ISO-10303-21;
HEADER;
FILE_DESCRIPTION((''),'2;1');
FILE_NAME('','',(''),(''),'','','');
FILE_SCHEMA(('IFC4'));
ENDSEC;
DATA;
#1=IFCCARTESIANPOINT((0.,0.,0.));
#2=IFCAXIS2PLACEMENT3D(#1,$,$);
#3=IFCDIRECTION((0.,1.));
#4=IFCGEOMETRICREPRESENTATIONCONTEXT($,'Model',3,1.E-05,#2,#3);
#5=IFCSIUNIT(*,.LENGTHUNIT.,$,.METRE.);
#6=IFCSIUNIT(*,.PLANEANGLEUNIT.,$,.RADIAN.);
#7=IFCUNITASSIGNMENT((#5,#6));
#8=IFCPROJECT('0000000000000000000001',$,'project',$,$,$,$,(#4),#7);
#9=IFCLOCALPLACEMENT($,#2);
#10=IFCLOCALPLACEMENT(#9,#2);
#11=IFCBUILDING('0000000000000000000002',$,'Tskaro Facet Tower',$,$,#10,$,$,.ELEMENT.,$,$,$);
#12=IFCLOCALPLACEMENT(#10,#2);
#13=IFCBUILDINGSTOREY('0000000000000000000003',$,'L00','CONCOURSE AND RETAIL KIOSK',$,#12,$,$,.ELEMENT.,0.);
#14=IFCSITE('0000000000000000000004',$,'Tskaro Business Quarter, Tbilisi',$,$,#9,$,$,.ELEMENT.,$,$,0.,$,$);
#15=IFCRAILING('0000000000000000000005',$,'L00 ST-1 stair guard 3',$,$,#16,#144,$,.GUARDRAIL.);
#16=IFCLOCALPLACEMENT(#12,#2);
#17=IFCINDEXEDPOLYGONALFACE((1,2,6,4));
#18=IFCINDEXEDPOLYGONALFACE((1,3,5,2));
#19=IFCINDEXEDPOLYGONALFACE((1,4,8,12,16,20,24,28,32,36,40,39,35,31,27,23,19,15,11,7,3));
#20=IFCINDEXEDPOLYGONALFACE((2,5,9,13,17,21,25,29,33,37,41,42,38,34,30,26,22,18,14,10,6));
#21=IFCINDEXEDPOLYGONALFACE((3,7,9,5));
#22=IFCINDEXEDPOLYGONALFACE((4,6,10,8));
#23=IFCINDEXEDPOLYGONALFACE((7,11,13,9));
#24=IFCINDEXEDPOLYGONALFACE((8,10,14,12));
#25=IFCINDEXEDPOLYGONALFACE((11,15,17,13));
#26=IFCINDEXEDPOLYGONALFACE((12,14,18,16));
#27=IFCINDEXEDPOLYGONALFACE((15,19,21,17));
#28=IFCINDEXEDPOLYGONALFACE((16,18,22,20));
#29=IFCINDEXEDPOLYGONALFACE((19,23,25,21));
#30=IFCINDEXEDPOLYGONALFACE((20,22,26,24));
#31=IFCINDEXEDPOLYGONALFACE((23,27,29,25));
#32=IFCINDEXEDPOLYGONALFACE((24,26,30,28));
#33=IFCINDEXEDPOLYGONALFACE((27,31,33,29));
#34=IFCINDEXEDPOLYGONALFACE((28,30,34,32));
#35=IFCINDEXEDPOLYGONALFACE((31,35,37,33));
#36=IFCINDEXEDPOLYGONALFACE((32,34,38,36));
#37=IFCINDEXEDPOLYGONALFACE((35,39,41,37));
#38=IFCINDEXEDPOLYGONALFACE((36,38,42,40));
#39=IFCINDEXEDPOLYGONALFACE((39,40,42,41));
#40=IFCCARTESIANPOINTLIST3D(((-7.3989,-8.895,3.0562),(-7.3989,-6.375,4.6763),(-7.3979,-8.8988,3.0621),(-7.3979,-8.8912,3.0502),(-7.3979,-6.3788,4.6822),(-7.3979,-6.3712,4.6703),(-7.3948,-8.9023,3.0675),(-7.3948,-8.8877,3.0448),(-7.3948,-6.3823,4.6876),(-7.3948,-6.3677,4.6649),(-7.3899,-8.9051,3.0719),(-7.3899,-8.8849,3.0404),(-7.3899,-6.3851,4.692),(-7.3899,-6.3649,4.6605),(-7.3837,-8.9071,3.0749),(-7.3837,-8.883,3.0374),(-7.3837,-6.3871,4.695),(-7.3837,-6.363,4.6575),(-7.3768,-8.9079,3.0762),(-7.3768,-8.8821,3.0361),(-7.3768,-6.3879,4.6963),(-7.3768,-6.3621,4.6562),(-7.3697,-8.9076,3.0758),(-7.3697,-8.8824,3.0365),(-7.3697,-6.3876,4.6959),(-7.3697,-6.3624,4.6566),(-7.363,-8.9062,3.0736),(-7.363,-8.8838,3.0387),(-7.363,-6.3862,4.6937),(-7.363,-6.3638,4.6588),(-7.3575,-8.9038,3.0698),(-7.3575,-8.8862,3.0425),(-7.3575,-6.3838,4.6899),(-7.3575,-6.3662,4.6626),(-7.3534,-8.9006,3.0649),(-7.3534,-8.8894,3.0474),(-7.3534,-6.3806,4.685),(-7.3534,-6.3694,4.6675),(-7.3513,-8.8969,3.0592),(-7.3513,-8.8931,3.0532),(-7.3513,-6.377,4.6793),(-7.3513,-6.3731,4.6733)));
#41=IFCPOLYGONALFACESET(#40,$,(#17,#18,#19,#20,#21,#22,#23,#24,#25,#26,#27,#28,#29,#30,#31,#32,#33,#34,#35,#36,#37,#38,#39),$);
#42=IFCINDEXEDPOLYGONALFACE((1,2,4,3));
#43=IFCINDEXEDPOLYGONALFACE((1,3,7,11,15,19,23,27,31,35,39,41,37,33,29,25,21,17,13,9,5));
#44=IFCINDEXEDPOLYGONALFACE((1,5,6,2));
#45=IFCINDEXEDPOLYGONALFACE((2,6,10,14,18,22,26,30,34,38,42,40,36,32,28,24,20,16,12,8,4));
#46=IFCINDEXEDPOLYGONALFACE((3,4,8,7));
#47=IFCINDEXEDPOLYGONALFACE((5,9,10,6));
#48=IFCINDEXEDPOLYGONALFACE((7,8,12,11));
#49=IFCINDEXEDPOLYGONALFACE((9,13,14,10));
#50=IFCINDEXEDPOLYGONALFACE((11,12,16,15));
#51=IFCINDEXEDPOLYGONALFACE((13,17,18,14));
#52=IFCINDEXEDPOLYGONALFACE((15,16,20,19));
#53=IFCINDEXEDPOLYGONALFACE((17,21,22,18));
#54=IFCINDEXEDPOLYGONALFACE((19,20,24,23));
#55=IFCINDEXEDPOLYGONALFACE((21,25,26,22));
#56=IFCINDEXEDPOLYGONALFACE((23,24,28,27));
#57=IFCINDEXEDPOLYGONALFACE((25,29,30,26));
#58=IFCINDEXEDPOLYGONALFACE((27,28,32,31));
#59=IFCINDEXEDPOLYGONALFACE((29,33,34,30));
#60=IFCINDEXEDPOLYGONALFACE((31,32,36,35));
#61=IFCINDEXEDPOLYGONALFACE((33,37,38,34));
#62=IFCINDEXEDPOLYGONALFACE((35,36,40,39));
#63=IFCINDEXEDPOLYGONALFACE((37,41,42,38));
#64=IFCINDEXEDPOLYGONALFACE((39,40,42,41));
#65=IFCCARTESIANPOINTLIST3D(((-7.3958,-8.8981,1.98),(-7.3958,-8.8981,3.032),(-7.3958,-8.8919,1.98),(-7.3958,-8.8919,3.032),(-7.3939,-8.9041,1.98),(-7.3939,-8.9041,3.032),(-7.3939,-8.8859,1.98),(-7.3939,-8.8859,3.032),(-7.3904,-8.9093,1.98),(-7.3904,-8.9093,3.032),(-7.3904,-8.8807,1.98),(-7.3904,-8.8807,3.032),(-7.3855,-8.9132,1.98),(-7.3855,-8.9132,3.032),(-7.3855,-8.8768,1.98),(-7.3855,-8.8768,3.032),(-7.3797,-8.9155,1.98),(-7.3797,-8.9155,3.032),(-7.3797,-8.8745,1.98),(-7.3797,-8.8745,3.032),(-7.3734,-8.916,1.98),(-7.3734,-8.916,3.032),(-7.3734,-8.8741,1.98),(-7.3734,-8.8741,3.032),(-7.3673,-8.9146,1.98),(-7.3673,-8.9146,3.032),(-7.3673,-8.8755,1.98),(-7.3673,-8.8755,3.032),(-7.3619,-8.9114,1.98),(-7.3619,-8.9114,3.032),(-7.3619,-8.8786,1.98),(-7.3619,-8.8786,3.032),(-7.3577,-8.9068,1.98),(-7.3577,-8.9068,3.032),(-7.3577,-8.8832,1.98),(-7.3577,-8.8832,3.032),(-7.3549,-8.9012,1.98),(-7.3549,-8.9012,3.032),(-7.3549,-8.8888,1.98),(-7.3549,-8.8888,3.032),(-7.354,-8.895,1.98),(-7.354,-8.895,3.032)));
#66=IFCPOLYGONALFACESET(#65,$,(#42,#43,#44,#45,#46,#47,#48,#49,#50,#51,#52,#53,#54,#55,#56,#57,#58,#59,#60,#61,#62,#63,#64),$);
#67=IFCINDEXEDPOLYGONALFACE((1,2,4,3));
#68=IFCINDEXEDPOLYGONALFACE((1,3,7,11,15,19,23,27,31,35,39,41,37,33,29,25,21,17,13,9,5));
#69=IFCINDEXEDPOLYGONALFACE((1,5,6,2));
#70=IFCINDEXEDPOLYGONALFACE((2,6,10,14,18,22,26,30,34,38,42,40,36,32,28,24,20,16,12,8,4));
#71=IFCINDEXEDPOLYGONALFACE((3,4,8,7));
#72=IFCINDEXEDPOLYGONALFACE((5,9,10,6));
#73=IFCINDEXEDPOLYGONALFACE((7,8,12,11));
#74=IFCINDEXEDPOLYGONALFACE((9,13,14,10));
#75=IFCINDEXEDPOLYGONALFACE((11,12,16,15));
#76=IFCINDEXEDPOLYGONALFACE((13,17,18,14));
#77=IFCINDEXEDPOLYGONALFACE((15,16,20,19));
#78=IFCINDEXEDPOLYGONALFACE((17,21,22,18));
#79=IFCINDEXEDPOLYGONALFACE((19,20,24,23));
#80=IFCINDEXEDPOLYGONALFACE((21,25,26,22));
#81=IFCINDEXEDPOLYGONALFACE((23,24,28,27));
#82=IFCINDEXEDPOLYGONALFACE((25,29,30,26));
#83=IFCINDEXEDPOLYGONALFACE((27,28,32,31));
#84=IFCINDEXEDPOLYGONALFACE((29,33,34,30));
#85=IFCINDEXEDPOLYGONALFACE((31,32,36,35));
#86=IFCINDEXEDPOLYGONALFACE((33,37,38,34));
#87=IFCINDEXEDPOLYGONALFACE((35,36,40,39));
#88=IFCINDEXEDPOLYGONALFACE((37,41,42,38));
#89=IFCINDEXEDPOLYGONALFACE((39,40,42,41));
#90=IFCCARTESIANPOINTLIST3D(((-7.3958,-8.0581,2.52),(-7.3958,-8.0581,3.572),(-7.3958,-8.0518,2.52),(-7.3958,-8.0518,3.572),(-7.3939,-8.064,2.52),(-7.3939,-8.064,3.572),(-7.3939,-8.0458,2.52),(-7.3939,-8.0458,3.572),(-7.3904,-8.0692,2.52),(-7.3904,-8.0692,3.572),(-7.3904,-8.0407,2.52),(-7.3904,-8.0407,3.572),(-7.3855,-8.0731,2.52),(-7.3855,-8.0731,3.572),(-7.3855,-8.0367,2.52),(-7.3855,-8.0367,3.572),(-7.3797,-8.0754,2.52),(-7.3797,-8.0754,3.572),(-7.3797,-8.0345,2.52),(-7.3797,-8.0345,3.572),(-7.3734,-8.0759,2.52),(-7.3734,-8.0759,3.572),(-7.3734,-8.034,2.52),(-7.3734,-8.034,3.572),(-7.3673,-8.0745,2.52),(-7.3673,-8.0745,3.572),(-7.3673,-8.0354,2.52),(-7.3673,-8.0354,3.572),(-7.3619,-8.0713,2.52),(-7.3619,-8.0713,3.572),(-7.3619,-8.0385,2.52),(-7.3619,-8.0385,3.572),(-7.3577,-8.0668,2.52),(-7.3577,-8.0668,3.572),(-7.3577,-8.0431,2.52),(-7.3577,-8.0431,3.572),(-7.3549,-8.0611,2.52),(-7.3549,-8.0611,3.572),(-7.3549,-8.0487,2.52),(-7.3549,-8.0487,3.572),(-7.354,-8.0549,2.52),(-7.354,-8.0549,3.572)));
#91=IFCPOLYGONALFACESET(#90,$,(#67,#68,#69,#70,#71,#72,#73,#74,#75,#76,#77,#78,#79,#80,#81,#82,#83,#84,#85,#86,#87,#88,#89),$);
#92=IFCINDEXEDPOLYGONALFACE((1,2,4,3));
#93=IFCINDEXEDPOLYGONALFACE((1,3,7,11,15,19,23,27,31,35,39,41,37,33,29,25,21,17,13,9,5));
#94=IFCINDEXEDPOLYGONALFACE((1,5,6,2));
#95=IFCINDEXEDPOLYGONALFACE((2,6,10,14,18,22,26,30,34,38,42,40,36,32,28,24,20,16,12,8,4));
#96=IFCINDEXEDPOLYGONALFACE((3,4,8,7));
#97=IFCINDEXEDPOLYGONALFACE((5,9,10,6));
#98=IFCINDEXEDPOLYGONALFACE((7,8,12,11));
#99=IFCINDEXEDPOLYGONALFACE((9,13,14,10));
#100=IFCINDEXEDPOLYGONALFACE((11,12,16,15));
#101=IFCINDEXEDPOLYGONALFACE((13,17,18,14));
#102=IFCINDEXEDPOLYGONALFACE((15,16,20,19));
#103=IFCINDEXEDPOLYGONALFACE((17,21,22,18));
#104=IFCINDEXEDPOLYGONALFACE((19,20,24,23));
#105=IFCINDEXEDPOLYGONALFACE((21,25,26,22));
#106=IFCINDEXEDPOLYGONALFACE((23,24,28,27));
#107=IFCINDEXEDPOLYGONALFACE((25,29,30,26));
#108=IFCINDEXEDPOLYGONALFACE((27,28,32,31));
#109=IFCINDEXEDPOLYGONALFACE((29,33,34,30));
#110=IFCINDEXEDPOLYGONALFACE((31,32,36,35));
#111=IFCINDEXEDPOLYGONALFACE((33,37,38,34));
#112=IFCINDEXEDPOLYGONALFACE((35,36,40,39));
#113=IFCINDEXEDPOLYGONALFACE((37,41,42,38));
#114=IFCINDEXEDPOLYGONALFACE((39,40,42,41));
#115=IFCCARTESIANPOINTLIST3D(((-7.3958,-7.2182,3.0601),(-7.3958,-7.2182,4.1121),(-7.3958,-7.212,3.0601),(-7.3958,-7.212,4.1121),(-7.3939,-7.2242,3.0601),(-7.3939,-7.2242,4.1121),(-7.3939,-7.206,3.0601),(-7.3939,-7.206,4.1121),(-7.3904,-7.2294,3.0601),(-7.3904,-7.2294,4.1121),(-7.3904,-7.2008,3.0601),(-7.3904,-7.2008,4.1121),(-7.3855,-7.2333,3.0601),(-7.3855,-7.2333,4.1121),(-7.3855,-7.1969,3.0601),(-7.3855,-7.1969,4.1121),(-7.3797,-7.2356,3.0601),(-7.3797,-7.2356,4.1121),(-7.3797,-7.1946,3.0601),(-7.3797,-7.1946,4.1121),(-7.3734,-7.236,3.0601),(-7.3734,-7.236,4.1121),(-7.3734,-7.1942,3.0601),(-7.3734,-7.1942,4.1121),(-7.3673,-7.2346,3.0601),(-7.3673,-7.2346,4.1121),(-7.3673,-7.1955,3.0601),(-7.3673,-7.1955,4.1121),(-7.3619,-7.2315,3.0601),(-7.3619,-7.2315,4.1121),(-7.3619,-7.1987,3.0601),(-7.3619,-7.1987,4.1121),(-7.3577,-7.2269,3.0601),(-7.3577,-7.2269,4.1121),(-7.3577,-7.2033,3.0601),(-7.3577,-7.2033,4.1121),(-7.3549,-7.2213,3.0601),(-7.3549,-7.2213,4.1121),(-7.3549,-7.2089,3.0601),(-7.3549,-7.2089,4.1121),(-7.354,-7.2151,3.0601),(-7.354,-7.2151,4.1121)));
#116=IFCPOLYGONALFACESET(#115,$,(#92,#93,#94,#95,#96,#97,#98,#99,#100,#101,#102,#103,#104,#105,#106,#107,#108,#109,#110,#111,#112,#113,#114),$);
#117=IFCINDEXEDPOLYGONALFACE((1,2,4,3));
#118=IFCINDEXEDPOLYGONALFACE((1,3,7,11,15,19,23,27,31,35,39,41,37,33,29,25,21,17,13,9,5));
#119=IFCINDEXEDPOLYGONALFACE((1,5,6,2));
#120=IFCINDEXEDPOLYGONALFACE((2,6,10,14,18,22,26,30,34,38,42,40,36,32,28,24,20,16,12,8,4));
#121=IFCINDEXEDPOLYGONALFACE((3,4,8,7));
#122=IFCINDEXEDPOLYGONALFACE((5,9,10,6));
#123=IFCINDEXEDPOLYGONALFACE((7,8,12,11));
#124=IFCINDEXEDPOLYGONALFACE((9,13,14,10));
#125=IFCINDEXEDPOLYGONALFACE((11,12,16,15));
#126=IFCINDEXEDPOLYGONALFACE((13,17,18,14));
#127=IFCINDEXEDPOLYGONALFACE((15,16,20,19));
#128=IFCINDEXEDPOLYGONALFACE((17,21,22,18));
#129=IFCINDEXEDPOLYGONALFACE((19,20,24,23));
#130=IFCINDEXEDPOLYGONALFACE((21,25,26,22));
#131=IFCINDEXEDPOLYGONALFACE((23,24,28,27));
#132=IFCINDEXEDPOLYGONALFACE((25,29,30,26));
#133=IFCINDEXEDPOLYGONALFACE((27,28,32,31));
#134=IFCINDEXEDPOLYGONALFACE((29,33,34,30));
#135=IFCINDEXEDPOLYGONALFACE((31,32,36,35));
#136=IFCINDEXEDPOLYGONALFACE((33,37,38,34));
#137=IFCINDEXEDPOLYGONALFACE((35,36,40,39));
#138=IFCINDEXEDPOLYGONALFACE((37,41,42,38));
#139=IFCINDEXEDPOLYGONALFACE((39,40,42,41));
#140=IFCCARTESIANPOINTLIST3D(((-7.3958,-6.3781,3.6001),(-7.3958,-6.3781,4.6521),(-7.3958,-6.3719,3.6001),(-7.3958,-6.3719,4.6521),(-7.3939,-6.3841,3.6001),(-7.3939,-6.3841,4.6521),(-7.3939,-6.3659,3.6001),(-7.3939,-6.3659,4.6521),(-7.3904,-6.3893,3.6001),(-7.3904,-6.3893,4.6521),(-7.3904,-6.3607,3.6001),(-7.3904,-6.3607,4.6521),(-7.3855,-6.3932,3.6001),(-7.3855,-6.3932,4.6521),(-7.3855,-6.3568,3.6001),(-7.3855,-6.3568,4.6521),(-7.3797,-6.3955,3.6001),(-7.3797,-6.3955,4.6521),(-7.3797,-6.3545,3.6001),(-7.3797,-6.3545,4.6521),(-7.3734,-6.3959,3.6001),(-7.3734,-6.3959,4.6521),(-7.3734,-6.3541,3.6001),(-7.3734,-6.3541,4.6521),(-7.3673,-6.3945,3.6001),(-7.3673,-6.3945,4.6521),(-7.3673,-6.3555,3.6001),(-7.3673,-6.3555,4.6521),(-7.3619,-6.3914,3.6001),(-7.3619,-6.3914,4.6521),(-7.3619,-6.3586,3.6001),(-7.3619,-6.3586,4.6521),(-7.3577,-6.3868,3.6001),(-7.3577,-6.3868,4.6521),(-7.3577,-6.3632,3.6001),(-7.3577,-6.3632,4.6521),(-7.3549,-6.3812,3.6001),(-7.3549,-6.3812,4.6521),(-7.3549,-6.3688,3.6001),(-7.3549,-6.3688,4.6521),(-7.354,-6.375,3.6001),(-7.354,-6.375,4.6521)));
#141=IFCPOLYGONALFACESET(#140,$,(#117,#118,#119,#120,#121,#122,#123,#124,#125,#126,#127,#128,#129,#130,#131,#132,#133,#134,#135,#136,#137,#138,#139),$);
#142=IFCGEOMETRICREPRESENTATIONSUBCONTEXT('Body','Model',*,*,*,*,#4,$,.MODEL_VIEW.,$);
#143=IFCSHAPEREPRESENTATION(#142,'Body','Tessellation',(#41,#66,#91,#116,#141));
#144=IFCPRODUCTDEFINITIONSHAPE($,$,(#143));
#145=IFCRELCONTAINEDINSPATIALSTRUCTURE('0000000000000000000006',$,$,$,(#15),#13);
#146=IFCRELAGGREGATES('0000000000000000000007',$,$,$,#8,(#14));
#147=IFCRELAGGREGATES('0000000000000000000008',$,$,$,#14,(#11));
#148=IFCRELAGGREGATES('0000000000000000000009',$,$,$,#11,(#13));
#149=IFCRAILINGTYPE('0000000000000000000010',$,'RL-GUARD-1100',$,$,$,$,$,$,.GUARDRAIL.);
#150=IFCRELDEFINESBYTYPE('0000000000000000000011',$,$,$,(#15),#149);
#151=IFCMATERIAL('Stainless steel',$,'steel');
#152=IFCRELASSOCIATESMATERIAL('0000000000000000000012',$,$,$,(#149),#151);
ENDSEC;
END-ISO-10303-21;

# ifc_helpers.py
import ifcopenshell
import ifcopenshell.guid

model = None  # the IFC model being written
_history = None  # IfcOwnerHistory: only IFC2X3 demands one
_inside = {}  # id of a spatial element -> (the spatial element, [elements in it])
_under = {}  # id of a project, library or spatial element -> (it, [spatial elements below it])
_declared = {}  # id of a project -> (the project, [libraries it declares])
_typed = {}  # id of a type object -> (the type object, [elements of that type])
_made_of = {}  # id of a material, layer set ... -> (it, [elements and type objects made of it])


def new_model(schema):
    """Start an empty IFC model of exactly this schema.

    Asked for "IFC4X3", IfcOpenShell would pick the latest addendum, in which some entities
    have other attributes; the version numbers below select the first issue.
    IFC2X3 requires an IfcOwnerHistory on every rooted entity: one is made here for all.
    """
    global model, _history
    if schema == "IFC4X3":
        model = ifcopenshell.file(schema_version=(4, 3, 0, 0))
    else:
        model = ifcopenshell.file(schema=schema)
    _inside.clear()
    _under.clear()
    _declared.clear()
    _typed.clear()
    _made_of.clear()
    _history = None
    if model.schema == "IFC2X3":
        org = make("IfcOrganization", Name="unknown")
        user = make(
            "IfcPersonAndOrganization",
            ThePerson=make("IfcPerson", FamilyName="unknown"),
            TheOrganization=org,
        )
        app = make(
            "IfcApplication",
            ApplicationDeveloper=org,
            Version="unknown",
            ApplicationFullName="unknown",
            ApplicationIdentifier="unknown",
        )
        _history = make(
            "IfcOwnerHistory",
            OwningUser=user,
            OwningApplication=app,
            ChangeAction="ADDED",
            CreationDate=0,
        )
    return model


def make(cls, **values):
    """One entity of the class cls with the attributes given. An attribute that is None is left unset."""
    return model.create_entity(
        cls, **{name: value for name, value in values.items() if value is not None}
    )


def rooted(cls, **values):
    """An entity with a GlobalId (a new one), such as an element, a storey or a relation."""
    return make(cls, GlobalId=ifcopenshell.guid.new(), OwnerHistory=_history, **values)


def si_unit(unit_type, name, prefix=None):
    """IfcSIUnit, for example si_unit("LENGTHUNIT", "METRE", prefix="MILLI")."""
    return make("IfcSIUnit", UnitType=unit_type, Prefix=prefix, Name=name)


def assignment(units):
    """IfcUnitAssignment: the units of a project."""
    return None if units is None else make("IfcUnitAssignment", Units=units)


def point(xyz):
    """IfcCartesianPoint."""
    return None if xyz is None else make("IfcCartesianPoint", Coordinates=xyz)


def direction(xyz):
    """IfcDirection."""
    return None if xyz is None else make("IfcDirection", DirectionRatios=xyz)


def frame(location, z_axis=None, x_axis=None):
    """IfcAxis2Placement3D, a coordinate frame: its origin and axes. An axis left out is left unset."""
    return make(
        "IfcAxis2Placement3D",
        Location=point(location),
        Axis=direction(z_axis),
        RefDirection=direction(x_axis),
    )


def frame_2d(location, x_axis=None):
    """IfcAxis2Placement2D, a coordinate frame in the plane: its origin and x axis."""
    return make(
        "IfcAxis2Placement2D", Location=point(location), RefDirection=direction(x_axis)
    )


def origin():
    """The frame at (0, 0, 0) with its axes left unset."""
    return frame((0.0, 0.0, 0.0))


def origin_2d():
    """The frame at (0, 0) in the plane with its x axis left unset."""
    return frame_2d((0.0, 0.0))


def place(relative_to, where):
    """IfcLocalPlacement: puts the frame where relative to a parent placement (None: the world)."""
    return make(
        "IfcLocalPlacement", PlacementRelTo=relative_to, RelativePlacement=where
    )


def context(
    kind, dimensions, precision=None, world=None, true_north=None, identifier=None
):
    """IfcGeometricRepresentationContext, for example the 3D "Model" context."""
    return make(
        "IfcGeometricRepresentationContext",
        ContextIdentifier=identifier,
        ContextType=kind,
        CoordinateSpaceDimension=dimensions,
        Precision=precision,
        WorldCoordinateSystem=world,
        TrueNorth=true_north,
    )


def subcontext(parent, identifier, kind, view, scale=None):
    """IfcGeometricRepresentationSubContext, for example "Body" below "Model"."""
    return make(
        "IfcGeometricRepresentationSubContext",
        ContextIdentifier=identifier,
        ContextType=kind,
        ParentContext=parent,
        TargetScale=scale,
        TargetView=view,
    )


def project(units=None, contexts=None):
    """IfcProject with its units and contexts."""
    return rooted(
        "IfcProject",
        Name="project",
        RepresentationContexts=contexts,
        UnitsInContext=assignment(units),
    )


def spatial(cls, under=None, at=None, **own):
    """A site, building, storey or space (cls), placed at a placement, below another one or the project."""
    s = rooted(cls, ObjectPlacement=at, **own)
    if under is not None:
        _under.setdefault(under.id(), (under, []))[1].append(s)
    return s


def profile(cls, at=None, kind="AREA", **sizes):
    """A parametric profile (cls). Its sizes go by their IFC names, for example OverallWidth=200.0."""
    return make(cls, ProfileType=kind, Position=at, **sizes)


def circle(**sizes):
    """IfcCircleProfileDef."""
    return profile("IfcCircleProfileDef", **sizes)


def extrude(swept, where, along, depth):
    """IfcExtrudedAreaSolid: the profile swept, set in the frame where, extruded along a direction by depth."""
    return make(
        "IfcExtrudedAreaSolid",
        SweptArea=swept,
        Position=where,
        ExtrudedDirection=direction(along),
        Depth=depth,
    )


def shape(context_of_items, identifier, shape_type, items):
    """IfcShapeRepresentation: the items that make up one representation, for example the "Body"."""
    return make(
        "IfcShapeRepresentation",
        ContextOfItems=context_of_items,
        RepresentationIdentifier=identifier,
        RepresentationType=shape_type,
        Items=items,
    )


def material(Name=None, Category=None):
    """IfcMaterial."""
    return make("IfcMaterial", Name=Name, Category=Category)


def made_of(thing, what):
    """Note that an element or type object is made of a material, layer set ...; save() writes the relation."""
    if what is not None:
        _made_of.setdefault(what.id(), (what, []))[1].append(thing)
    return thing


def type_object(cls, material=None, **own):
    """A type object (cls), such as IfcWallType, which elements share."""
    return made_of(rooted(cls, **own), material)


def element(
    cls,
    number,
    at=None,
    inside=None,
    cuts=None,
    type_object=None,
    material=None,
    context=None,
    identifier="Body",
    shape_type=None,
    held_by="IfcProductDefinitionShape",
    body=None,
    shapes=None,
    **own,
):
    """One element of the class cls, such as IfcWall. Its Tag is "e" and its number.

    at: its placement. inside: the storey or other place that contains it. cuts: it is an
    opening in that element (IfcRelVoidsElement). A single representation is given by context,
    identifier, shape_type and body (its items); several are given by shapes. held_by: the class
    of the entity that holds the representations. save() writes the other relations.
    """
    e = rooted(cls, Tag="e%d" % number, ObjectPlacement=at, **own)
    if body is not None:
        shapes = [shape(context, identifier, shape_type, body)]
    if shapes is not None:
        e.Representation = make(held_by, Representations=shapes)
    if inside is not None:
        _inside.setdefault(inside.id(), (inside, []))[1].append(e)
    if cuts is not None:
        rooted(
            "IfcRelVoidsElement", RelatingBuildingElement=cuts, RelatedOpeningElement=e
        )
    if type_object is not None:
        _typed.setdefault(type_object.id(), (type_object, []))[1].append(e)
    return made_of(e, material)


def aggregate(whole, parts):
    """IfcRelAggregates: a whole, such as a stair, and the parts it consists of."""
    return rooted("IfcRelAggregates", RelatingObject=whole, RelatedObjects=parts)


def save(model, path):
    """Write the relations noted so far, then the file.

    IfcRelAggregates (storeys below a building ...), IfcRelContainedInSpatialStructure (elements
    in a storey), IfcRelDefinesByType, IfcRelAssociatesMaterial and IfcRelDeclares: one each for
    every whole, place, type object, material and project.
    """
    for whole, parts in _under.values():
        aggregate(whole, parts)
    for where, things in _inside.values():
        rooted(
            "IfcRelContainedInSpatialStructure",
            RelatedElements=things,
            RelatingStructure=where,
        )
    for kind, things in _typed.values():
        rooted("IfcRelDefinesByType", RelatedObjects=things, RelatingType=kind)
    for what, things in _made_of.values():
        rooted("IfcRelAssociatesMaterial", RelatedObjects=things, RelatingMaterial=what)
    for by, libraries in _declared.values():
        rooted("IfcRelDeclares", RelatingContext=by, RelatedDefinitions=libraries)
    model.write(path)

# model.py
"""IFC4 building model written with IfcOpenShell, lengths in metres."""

from ifc_helpers import new_model, si_unit, direction, frame, origin, origin_2d, place, context, subcontext, project, spatial, circle, extrude, material, type_object, element, save


model = new_model("IFC4")

# Units and contexts
model_context = context("Model", 3, precision=1e-05, world=origin(), true_north=direction((0.0, 1.0)))
body_context = subcontext(model_context, "Body", "Model", "MODEL_VIEW")
ifc_project = project(units=[si_unit("LENGTHUNIT", "METRE"), si_unit("PLANEANGLEUNIT", "RADIAN")], contexts=[model_context])

# Site, building, storey
site_placement = place(None, origin())
site = spatial("IfcSite", under=ifc_project, at=site_placement, Name="Tskaro Business Quarter, Tbilisi", CompositionType="ELEMENT", RefElevation=0.0)
building_placement = place(site_placement, origin())
building = spatial("IfcBuilding", under=site, at=building_placement, Name="Tskaro Facet Tower", CompositionType="ELEMENT")
storey_placement = place(building_placement, origin())
storey = spatial("IfcBuildingStorey", under=building, at=storey_placement, Name="L00", Description="CONCOURSE AND RETAIL KIOSK", CompositionType="ELEMENT", Elevation=0.0)

# Shared definitions
ifc_material_1 = material(Name="Stainless steel", Category="steel")

# Railing
railing_type = type_object("IfcRailingType", Name="RL-GUARD-1100", PredefinedType="GUARDRAIL", material=ifc_material_1)
railing_1_placement = place(storey_placement, frame((-7.375, -8.895, 1.98)))
element("IfcRailing", 1, at=railing_1_placement, inside=storey, type_object=railing_type, Name="L00 ST-1 stair guard 3", PredefinedType="GUARDRAIL", context=body_context, shape_type="SweptSolid", body=[
    extrude(circle(Radius=0.0239, at=origin_2d()), frame((0.0, 0.0, 1.0762), z_axis=(0.0, 0.841163, 0.540782), x_axis=(-1.0, 0.0, 0.0)), (0.0, 0.0, 1.0), 2.9958),
    extrude(circle(Radius=0.021, at=origin_2d()), origin(), (0.0, 0.0, 1.0), 1.052),
    extrude(circle(Radius=0.021, at=origin_2d()), frame((0.0, 0.8401, 0.54)), (0.0, 0.0, 1.0), 1.052),
    extrude(circle(Radius=0.021, at=origin_2d()), frame((0.0, 1.6799, 1.0801)), (0.0, 0.0, 1.0), 1.052),
    extrude(circle(Radius=0.021, at=origin_2d()), frame((0.0, 2.52, 1.6201)), (0.0, 0.0, 1.0), 1.052),
])

save(model, "model.ifc")
